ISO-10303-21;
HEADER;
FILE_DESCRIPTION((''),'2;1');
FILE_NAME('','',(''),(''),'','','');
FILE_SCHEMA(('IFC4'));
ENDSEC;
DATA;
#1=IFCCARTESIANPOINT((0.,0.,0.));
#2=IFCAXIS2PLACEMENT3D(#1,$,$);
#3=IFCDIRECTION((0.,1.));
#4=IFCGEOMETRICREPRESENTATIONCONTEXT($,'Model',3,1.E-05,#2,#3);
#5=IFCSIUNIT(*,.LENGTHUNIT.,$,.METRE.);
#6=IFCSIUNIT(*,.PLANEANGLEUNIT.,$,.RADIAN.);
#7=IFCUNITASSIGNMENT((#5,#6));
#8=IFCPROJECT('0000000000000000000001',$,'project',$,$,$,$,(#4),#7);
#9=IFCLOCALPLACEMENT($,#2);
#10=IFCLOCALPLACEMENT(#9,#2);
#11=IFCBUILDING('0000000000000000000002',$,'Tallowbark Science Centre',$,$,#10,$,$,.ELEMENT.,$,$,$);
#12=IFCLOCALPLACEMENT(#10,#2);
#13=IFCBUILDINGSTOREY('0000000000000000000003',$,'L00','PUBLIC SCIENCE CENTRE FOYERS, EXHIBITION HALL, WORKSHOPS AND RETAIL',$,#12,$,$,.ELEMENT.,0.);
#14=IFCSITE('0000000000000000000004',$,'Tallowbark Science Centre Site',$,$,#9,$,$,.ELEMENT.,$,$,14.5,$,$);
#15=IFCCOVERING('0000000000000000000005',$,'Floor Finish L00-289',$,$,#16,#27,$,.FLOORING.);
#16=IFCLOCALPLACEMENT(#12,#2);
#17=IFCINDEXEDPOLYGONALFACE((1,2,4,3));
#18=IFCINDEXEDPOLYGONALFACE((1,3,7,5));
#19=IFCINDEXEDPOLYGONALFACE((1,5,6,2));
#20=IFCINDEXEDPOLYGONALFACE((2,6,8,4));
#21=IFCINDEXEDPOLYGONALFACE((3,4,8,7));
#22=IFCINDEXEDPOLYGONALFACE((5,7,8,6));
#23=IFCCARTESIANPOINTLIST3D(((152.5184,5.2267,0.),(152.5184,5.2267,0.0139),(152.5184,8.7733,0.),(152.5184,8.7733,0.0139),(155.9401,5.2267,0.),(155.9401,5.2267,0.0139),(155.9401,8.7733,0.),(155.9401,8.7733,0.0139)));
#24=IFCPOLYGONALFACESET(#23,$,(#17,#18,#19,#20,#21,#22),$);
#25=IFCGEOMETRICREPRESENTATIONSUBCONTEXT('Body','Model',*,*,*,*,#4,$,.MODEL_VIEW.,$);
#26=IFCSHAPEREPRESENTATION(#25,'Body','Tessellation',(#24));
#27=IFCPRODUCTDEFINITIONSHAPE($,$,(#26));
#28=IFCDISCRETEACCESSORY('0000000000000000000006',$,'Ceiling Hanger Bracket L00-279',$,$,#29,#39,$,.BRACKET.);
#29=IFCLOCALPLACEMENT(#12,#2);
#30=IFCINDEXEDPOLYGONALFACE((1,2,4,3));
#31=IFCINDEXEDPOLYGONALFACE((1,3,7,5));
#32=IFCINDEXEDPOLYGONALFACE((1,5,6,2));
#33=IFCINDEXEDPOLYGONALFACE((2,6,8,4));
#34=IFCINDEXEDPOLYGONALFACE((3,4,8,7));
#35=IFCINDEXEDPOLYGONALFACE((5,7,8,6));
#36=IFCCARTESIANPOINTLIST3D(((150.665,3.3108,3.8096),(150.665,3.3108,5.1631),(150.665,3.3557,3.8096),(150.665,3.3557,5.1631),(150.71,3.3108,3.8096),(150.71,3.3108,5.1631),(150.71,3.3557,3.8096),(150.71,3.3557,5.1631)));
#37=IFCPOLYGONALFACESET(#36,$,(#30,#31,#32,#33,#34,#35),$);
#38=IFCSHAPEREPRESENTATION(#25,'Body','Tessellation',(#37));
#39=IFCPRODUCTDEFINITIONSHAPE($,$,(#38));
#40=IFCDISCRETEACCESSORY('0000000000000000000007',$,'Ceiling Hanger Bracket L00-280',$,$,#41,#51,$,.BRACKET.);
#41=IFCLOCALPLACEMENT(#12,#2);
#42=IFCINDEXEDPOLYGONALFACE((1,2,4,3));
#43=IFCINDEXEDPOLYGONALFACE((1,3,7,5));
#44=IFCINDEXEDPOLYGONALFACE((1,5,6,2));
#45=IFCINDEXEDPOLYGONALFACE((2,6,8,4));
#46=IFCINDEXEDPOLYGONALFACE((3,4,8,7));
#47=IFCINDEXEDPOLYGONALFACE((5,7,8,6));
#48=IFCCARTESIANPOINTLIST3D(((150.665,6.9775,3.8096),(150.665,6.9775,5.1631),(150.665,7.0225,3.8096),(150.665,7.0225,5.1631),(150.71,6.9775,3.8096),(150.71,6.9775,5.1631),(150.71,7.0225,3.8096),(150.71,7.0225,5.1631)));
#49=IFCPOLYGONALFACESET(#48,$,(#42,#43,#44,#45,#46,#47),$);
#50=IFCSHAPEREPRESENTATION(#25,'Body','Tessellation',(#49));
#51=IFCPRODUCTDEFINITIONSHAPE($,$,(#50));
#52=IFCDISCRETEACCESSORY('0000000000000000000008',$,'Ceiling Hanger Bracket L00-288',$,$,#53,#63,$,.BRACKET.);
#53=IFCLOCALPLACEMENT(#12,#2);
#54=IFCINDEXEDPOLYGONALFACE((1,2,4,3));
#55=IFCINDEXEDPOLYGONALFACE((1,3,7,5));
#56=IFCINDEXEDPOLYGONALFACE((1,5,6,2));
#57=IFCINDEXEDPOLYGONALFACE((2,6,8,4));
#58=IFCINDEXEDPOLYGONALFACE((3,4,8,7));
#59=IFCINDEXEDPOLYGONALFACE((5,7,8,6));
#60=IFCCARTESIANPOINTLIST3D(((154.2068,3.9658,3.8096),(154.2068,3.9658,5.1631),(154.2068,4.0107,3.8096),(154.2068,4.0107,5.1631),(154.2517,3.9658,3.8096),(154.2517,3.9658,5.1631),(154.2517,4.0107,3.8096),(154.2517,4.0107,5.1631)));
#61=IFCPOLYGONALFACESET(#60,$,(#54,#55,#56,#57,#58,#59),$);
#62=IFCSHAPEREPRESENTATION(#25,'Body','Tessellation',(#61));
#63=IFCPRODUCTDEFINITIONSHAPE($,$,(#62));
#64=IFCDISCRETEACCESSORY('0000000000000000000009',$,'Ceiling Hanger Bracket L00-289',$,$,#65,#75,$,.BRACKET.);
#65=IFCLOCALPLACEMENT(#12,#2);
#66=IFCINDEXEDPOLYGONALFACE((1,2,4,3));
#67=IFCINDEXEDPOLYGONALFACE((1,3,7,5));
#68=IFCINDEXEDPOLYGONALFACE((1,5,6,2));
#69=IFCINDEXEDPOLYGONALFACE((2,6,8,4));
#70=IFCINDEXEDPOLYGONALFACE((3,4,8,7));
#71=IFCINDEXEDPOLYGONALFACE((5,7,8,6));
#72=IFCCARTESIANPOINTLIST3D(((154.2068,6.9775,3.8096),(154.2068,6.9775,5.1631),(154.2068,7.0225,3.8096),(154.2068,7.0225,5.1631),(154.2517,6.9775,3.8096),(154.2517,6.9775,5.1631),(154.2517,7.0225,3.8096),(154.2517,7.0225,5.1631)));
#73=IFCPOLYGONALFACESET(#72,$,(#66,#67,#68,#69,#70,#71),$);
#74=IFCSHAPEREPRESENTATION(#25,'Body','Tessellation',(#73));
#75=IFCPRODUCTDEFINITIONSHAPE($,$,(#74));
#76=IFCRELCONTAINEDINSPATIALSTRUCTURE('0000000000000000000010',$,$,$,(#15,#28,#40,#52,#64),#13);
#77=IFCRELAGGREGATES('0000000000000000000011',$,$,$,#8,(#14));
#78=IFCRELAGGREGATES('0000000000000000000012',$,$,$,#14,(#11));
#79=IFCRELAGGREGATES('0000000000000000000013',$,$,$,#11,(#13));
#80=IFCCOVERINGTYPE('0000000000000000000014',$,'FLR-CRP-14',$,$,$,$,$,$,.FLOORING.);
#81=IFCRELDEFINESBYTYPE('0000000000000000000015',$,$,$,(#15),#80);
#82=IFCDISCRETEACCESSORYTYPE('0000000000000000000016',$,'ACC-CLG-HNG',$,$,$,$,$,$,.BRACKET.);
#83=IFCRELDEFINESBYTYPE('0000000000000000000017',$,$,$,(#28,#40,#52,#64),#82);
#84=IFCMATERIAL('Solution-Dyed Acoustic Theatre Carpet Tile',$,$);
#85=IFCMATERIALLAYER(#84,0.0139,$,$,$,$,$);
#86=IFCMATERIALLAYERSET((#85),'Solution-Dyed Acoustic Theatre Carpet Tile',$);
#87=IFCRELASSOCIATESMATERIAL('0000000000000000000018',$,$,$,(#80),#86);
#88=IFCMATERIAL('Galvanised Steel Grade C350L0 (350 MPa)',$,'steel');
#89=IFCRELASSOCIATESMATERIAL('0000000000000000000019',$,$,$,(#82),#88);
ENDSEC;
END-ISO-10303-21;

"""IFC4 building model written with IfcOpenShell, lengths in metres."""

from ifc_helpers import new_model, si_unit, direction, frame, origin, origin_2d, place, context, subcontext, project, spatial, rectangle, extrude, material, layer, layer_set, type_object, element, save


model = new_model("IFC4")

# Units and contexts
model_context = context("Model", 3, precision=1e-05, world=origin(), true_north=direction((0.0, 1.0)))
body_context = subcontext(model_context, "Body", "Model", "MODEL_VIEW")
ifc_project = project(units=[si_unit("LENGTHUNIT", "METRE"), si_unit("PLANEANGLEUNIT", "RADIAN")], contexts=[model_context])

# Site, building, storey
site_placement = place(None, origin())
site = spatial("IfcSite", under=ifc_project, at=site_placement, Name="Tallowbark Science Centre Site", CompositionType="ELEMENT", RefElevation=14.5)
building_placement = place(site_placement, origin())
building = spatial("IfcBuilding", under=site, at=building_placement, Name="Tallowbark Science Centre", CompositionType="ELEMENT")
storey_placement = place(building_placement, origin())
storey = spatial("IfcBuildingStorey", under=building, at=storey_placement, Name="L00", Description="PUBLIC SCIENCE CENTRE FOYERS, EXHIBITION HALL, WORKSHOPS AND RETAIL", CompositionType="ELEMENT", Elevation=0.0)

# Covering
ifc_material_1 = material(Name="Solution-Dyed Acoustic Theatre Carpet Tile")
ifc_layer_1 = layer(ifc_material_1, 0.0139)
ifc_layer_set_1 = layer_set([ifc_layer_1], Name="Solution-Dyed Acoustic Theatre Carpet Tile")
covering_type_1 = type_object("IfcCoveringType", Name="FLR-CRP-14", PredefinedType="FLOORING", material=ifc_layer_set_1)
for number, where, z_axis, x_axis, name in (
    (1, (154.2292, 7.0, 0.0), (0.0, 0.0, 1.0), (1.0, 0.0, 0.0), "Floor Finish L00-289"),
):
    element("IfcCovering", number, at=place(storey_placement, frame(where, z_axis=z_axis, x_axis=x_axis)), inside=storey, type_object=covering_type_1, Name=name, PredefinedType="FLOORING", context=body_context, shape_type="SweptSolid", body=[
        extrude(rectangle(XDim=3.4216, YDim=3.5466, at=origin_2d()), origin(), (0.0, 0.0, 1.0), 0.0139),
    ])

# Discrete accessories
ifc_material_2 = material(Name="Galvanised Steel Grade C350L0 (350 MPa)", Category="steel")
discrete_accessory_type = type_object("IfcDiscreteAccessoryType", Name="ACC-CLG-HNG", PredefinedType="BRACKET", material=ifc_material_2)
for number, where, z_axis, x_axis, name in (
    (2, (150.6875, 3.3333, 3.8096), (0.0, 0.0, 1.0), (1.0, 0.0, 0.0), "Ceiling Hanger Bracket L00-279"),
    (3, (150.6875, 7.0, 3.8096), (0.0, 0.0, 1.0), (1.0, 0.0, 0.0), "Ceiling Hanger Bracket L00-280"),
    (4, (154.2292, 3.9883, 3.8096), (0.0, 0.0, 1.0), (1.0, 0.0, 0.0), "Ceiling Hanger Bracket L00-288"),
    (5, (154.2292, 7.0, 3.8096), (0.0, 0.0, 1.0), (1.0, 0.0, 0.0), "Ceiling Hanger Bracket L00-289"),
):
    element("IfcDiscreteAccessory", number, at=place(storey_placement, frame(where, z_axis=z_axis, x_axis=x_axis)), inside=storey, type_object=discrete_accessory_type, Name=name, PredefinedType="BRACKET", context=body_context, shape_type="SweptSolid", body=[
        extrude(rectangle(XDim=0.0449, YDim=0.0449, at=origin_2d()), origin(), (0.0, 0.0, 1.0), 1.3535),
    ])

save(model, "model.ifc")
